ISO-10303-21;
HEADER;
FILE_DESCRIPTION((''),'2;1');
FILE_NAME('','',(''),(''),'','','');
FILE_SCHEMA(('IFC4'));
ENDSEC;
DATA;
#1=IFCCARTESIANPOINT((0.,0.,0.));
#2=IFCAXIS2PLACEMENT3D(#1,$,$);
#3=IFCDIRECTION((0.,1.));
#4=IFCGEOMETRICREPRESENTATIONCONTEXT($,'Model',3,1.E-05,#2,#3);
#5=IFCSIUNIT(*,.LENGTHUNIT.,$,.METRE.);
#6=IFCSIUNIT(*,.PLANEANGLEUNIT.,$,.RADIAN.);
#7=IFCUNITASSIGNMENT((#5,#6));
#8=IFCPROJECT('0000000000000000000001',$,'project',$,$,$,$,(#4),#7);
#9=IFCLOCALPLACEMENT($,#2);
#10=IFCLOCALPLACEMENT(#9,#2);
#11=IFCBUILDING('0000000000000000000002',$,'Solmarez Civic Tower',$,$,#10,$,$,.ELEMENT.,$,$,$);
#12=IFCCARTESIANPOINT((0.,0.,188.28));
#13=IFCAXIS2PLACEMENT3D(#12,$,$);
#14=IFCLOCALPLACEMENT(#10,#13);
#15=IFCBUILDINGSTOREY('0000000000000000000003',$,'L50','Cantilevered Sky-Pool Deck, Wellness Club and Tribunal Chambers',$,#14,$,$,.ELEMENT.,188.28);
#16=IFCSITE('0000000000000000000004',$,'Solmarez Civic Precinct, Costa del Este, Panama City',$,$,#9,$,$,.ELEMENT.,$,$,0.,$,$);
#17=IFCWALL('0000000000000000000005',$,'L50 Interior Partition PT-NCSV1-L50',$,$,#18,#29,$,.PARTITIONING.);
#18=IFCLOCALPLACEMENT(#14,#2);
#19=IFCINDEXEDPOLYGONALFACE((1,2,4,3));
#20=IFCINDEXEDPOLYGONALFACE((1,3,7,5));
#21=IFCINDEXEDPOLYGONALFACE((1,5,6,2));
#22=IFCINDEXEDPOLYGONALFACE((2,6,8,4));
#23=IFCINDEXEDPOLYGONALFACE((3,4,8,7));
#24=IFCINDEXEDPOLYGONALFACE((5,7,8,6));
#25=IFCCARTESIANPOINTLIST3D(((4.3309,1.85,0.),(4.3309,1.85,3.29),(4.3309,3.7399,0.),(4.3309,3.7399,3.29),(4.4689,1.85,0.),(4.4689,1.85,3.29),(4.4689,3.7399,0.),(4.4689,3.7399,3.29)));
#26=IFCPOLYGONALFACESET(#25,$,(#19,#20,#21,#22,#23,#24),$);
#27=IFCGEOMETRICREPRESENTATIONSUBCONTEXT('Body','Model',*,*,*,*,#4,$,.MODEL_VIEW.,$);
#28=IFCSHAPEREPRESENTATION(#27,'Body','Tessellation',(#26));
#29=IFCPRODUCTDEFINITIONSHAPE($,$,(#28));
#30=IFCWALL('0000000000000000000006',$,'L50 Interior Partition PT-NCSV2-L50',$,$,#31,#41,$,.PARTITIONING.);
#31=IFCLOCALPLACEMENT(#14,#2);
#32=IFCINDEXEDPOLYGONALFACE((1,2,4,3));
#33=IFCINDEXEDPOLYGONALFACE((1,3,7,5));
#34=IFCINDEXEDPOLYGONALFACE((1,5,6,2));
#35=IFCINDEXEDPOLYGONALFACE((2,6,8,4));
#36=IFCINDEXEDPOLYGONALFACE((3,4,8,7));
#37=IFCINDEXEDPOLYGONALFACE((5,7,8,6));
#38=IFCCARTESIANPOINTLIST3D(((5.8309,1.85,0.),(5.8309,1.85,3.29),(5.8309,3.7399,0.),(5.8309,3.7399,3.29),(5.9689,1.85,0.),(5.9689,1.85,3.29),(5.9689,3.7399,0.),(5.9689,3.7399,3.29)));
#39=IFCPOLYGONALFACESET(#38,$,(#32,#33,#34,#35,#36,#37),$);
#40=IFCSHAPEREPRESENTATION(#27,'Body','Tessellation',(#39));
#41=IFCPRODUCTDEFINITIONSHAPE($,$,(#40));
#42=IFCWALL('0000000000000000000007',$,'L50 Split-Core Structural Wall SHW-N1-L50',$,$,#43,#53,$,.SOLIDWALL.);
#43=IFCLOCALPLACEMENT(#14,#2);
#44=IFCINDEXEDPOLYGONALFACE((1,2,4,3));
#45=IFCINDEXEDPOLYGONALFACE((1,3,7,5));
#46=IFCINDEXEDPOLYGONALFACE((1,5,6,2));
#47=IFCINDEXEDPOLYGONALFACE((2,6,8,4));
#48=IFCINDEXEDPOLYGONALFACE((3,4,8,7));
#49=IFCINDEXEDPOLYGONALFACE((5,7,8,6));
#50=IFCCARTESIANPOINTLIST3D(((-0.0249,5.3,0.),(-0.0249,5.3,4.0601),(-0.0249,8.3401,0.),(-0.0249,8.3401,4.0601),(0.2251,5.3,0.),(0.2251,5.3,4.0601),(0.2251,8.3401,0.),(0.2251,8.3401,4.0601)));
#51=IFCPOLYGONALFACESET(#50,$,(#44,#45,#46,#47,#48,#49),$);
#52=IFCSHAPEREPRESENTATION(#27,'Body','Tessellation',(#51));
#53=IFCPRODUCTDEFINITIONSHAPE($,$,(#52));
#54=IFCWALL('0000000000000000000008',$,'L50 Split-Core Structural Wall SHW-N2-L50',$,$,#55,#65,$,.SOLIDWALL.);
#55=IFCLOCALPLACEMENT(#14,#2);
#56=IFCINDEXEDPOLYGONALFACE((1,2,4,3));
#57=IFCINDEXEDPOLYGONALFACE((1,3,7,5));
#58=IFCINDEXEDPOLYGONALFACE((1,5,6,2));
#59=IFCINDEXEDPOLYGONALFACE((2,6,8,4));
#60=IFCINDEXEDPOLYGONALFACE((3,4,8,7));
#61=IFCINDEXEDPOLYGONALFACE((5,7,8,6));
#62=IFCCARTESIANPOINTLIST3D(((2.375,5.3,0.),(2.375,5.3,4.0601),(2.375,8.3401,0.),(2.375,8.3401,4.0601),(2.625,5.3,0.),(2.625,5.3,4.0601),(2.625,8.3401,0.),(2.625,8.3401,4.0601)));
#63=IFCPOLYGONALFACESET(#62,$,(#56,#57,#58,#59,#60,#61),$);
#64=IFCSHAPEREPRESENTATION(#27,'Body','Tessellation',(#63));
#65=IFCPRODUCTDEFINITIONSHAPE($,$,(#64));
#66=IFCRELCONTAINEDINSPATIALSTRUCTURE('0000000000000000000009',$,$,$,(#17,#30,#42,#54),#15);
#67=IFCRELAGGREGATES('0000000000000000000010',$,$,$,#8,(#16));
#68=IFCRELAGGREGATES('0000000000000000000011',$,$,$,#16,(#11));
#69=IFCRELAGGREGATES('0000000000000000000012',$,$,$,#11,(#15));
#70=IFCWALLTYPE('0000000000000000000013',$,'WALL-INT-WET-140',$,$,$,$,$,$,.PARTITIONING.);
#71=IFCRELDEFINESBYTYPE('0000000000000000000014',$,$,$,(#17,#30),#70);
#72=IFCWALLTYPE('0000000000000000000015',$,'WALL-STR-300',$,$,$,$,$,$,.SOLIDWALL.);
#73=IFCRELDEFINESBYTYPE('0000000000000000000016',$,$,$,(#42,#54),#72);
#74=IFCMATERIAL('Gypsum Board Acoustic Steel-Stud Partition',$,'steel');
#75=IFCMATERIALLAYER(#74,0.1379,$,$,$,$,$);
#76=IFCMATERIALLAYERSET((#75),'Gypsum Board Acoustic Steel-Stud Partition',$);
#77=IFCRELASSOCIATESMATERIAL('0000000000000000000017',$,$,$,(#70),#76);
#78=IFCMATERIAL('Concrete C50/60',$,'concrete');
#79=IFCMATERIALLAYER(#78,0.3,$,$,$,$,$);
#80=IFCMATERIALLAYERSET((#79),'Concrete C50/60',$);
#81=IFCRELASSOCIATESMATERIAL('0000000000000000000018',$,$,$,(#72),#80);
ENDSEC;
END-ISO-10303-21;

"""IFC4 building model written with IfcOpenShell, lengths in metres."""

from ifc_helpers import new_model, si_unit, direction, frame, frame_2d, origin, place, context, subcontext, project, spatial, rectangle, extrude, material, layer, layer_set, type_object, element, save


model = new_model("IFC4")

# Units and contexts
model_context = context("Model", 3, precision=1e-05, world=origin(), true_north=direction((0.0, 1.0)))
body_context = subcontext(model_context, "Body", "Model", "MODEL_VIEW")
ifc_project = project(units=[si_unit("LENGTHUNIT", "METRE"), si_unit("PLANEANGLEUNIT", "RADIAN")], contexts=[model_context])

# Site, building, storey
site_placement = place(None, origin())
site = spatial("IfcSite", under=ifc_project, at=site_placement, Name="Solmarez Civic Precinct, Costa del Este, Panama City", CompositionType="ELEMENT", RefElevation=0.0)
building_placement = place(site_placement, origin())
building = spatial("IfcBuilding", under=site, at=building_placement, Name="Solmarez Civic Tower", CompositionType="ELEMENT")
storey_placement = place(building_placement, frame((0.0, 0.0, 188.28)))
storey = spatial("IfcBuildingStorey", under=building, at=storey_placement, Name="L50", Description="Cantilevered Sky-Pool Deck, Wellness Club and Tribunal Chambers", CompositionType="ELEMENT", Elevation=188.28)

# Shared definitions
ifc_material_1 = material(Name="Concrete C50/60", Category="concrete")

# Shared definitions
ifc_material_2 = material(Name="Gypsum Board Acoustic Steel-Stud Partition", Category="steel")

# Walls
ifc_layer_1 = layer(ifc_material_2, 0.1379)
ifc_layer_set_1 = layer_set([ifc_layer_1], Name="Gypsum Board Acoustic Steel-Stud Partition")
wall_type_1 = type_object("IfcWallType", Name="WALL-INT-WET-140", PredefinedType="PARTITIONING", material=ifc_layer_set_1)
for number, where, z_axis, x_axis, name in (
    (1, (4.3999, 1.8501, 0.0), (0.0, 0.0, 1.0), (0.0, 1.0, 0.0), "L50 Interior Partition PT-NCSV1-L50"),
    (2, (5.8999, 1.8501, 0.0), (0.0, 0.0, 1.0), (0.0, 1.0, 0.0), "L50 Interior Partition PT-NCSV2-L50"),
):
    element("IfcWall", number, at=place(storey_placement, frame(where, z_axis=z_axis, x_axis=x_axis)), inside=storey, type_object=wall_type_1, Name=name, PredefinedType="PARTITIONING", context=body_context, shape_type="SweptSolid", body=[
        extrude(rectangle(XDim=1.8899, YDim=0.1379, at=frame_2d((0.9448, 0.0))), origin(), (0.0, 0.0, 1.0), 3.29),
    ])

# Shared definitions
ifc_layer_2 = layer(ifc_material_1, 0.3)
ifc_layer_set_2 = layer_set([ifc_layer_2], Name="Concrete C50/60")
wall_type_2 = type_object("IfcWallType", Name="WALL-STR-300", PredefinedType="SOLIDWALL", material=ifc_layer_set_2)

# Walls
for number, where, z_axis, x_axis, name in (
    (3, (0.1001, 5.3, 0.0), (0.0, 0.0, 1.0), (0.0, 1.0, 0.0), "L50 Split-Core Structural Wall SHW-N1-L50"),
    (4, (2.5, 5.3, 0.0), (0.0, 0.0, 1.0), (0.0, 1.0, 0.0), "L50 Split-Core Structural Wall SHW-N2-L50"),
):
    element("IfcWall", number, at=place(storey_placement, frame(where, z_axis=z_axis, x_axis=x_axis)), inside=storey, type_object=wall_type_2, Name=name, PredefinedType="SOLIDWALL", context=body_context, shape_type="SweptSolid", body=[
        extrude(rectangle(XDim=3.04, YDim=0.25, at=frame_2d((1.52, 0.0))), origin(), (0.0, 0.0, 1.0), 4.0601),
    ])

save(model, "model.ifc")
